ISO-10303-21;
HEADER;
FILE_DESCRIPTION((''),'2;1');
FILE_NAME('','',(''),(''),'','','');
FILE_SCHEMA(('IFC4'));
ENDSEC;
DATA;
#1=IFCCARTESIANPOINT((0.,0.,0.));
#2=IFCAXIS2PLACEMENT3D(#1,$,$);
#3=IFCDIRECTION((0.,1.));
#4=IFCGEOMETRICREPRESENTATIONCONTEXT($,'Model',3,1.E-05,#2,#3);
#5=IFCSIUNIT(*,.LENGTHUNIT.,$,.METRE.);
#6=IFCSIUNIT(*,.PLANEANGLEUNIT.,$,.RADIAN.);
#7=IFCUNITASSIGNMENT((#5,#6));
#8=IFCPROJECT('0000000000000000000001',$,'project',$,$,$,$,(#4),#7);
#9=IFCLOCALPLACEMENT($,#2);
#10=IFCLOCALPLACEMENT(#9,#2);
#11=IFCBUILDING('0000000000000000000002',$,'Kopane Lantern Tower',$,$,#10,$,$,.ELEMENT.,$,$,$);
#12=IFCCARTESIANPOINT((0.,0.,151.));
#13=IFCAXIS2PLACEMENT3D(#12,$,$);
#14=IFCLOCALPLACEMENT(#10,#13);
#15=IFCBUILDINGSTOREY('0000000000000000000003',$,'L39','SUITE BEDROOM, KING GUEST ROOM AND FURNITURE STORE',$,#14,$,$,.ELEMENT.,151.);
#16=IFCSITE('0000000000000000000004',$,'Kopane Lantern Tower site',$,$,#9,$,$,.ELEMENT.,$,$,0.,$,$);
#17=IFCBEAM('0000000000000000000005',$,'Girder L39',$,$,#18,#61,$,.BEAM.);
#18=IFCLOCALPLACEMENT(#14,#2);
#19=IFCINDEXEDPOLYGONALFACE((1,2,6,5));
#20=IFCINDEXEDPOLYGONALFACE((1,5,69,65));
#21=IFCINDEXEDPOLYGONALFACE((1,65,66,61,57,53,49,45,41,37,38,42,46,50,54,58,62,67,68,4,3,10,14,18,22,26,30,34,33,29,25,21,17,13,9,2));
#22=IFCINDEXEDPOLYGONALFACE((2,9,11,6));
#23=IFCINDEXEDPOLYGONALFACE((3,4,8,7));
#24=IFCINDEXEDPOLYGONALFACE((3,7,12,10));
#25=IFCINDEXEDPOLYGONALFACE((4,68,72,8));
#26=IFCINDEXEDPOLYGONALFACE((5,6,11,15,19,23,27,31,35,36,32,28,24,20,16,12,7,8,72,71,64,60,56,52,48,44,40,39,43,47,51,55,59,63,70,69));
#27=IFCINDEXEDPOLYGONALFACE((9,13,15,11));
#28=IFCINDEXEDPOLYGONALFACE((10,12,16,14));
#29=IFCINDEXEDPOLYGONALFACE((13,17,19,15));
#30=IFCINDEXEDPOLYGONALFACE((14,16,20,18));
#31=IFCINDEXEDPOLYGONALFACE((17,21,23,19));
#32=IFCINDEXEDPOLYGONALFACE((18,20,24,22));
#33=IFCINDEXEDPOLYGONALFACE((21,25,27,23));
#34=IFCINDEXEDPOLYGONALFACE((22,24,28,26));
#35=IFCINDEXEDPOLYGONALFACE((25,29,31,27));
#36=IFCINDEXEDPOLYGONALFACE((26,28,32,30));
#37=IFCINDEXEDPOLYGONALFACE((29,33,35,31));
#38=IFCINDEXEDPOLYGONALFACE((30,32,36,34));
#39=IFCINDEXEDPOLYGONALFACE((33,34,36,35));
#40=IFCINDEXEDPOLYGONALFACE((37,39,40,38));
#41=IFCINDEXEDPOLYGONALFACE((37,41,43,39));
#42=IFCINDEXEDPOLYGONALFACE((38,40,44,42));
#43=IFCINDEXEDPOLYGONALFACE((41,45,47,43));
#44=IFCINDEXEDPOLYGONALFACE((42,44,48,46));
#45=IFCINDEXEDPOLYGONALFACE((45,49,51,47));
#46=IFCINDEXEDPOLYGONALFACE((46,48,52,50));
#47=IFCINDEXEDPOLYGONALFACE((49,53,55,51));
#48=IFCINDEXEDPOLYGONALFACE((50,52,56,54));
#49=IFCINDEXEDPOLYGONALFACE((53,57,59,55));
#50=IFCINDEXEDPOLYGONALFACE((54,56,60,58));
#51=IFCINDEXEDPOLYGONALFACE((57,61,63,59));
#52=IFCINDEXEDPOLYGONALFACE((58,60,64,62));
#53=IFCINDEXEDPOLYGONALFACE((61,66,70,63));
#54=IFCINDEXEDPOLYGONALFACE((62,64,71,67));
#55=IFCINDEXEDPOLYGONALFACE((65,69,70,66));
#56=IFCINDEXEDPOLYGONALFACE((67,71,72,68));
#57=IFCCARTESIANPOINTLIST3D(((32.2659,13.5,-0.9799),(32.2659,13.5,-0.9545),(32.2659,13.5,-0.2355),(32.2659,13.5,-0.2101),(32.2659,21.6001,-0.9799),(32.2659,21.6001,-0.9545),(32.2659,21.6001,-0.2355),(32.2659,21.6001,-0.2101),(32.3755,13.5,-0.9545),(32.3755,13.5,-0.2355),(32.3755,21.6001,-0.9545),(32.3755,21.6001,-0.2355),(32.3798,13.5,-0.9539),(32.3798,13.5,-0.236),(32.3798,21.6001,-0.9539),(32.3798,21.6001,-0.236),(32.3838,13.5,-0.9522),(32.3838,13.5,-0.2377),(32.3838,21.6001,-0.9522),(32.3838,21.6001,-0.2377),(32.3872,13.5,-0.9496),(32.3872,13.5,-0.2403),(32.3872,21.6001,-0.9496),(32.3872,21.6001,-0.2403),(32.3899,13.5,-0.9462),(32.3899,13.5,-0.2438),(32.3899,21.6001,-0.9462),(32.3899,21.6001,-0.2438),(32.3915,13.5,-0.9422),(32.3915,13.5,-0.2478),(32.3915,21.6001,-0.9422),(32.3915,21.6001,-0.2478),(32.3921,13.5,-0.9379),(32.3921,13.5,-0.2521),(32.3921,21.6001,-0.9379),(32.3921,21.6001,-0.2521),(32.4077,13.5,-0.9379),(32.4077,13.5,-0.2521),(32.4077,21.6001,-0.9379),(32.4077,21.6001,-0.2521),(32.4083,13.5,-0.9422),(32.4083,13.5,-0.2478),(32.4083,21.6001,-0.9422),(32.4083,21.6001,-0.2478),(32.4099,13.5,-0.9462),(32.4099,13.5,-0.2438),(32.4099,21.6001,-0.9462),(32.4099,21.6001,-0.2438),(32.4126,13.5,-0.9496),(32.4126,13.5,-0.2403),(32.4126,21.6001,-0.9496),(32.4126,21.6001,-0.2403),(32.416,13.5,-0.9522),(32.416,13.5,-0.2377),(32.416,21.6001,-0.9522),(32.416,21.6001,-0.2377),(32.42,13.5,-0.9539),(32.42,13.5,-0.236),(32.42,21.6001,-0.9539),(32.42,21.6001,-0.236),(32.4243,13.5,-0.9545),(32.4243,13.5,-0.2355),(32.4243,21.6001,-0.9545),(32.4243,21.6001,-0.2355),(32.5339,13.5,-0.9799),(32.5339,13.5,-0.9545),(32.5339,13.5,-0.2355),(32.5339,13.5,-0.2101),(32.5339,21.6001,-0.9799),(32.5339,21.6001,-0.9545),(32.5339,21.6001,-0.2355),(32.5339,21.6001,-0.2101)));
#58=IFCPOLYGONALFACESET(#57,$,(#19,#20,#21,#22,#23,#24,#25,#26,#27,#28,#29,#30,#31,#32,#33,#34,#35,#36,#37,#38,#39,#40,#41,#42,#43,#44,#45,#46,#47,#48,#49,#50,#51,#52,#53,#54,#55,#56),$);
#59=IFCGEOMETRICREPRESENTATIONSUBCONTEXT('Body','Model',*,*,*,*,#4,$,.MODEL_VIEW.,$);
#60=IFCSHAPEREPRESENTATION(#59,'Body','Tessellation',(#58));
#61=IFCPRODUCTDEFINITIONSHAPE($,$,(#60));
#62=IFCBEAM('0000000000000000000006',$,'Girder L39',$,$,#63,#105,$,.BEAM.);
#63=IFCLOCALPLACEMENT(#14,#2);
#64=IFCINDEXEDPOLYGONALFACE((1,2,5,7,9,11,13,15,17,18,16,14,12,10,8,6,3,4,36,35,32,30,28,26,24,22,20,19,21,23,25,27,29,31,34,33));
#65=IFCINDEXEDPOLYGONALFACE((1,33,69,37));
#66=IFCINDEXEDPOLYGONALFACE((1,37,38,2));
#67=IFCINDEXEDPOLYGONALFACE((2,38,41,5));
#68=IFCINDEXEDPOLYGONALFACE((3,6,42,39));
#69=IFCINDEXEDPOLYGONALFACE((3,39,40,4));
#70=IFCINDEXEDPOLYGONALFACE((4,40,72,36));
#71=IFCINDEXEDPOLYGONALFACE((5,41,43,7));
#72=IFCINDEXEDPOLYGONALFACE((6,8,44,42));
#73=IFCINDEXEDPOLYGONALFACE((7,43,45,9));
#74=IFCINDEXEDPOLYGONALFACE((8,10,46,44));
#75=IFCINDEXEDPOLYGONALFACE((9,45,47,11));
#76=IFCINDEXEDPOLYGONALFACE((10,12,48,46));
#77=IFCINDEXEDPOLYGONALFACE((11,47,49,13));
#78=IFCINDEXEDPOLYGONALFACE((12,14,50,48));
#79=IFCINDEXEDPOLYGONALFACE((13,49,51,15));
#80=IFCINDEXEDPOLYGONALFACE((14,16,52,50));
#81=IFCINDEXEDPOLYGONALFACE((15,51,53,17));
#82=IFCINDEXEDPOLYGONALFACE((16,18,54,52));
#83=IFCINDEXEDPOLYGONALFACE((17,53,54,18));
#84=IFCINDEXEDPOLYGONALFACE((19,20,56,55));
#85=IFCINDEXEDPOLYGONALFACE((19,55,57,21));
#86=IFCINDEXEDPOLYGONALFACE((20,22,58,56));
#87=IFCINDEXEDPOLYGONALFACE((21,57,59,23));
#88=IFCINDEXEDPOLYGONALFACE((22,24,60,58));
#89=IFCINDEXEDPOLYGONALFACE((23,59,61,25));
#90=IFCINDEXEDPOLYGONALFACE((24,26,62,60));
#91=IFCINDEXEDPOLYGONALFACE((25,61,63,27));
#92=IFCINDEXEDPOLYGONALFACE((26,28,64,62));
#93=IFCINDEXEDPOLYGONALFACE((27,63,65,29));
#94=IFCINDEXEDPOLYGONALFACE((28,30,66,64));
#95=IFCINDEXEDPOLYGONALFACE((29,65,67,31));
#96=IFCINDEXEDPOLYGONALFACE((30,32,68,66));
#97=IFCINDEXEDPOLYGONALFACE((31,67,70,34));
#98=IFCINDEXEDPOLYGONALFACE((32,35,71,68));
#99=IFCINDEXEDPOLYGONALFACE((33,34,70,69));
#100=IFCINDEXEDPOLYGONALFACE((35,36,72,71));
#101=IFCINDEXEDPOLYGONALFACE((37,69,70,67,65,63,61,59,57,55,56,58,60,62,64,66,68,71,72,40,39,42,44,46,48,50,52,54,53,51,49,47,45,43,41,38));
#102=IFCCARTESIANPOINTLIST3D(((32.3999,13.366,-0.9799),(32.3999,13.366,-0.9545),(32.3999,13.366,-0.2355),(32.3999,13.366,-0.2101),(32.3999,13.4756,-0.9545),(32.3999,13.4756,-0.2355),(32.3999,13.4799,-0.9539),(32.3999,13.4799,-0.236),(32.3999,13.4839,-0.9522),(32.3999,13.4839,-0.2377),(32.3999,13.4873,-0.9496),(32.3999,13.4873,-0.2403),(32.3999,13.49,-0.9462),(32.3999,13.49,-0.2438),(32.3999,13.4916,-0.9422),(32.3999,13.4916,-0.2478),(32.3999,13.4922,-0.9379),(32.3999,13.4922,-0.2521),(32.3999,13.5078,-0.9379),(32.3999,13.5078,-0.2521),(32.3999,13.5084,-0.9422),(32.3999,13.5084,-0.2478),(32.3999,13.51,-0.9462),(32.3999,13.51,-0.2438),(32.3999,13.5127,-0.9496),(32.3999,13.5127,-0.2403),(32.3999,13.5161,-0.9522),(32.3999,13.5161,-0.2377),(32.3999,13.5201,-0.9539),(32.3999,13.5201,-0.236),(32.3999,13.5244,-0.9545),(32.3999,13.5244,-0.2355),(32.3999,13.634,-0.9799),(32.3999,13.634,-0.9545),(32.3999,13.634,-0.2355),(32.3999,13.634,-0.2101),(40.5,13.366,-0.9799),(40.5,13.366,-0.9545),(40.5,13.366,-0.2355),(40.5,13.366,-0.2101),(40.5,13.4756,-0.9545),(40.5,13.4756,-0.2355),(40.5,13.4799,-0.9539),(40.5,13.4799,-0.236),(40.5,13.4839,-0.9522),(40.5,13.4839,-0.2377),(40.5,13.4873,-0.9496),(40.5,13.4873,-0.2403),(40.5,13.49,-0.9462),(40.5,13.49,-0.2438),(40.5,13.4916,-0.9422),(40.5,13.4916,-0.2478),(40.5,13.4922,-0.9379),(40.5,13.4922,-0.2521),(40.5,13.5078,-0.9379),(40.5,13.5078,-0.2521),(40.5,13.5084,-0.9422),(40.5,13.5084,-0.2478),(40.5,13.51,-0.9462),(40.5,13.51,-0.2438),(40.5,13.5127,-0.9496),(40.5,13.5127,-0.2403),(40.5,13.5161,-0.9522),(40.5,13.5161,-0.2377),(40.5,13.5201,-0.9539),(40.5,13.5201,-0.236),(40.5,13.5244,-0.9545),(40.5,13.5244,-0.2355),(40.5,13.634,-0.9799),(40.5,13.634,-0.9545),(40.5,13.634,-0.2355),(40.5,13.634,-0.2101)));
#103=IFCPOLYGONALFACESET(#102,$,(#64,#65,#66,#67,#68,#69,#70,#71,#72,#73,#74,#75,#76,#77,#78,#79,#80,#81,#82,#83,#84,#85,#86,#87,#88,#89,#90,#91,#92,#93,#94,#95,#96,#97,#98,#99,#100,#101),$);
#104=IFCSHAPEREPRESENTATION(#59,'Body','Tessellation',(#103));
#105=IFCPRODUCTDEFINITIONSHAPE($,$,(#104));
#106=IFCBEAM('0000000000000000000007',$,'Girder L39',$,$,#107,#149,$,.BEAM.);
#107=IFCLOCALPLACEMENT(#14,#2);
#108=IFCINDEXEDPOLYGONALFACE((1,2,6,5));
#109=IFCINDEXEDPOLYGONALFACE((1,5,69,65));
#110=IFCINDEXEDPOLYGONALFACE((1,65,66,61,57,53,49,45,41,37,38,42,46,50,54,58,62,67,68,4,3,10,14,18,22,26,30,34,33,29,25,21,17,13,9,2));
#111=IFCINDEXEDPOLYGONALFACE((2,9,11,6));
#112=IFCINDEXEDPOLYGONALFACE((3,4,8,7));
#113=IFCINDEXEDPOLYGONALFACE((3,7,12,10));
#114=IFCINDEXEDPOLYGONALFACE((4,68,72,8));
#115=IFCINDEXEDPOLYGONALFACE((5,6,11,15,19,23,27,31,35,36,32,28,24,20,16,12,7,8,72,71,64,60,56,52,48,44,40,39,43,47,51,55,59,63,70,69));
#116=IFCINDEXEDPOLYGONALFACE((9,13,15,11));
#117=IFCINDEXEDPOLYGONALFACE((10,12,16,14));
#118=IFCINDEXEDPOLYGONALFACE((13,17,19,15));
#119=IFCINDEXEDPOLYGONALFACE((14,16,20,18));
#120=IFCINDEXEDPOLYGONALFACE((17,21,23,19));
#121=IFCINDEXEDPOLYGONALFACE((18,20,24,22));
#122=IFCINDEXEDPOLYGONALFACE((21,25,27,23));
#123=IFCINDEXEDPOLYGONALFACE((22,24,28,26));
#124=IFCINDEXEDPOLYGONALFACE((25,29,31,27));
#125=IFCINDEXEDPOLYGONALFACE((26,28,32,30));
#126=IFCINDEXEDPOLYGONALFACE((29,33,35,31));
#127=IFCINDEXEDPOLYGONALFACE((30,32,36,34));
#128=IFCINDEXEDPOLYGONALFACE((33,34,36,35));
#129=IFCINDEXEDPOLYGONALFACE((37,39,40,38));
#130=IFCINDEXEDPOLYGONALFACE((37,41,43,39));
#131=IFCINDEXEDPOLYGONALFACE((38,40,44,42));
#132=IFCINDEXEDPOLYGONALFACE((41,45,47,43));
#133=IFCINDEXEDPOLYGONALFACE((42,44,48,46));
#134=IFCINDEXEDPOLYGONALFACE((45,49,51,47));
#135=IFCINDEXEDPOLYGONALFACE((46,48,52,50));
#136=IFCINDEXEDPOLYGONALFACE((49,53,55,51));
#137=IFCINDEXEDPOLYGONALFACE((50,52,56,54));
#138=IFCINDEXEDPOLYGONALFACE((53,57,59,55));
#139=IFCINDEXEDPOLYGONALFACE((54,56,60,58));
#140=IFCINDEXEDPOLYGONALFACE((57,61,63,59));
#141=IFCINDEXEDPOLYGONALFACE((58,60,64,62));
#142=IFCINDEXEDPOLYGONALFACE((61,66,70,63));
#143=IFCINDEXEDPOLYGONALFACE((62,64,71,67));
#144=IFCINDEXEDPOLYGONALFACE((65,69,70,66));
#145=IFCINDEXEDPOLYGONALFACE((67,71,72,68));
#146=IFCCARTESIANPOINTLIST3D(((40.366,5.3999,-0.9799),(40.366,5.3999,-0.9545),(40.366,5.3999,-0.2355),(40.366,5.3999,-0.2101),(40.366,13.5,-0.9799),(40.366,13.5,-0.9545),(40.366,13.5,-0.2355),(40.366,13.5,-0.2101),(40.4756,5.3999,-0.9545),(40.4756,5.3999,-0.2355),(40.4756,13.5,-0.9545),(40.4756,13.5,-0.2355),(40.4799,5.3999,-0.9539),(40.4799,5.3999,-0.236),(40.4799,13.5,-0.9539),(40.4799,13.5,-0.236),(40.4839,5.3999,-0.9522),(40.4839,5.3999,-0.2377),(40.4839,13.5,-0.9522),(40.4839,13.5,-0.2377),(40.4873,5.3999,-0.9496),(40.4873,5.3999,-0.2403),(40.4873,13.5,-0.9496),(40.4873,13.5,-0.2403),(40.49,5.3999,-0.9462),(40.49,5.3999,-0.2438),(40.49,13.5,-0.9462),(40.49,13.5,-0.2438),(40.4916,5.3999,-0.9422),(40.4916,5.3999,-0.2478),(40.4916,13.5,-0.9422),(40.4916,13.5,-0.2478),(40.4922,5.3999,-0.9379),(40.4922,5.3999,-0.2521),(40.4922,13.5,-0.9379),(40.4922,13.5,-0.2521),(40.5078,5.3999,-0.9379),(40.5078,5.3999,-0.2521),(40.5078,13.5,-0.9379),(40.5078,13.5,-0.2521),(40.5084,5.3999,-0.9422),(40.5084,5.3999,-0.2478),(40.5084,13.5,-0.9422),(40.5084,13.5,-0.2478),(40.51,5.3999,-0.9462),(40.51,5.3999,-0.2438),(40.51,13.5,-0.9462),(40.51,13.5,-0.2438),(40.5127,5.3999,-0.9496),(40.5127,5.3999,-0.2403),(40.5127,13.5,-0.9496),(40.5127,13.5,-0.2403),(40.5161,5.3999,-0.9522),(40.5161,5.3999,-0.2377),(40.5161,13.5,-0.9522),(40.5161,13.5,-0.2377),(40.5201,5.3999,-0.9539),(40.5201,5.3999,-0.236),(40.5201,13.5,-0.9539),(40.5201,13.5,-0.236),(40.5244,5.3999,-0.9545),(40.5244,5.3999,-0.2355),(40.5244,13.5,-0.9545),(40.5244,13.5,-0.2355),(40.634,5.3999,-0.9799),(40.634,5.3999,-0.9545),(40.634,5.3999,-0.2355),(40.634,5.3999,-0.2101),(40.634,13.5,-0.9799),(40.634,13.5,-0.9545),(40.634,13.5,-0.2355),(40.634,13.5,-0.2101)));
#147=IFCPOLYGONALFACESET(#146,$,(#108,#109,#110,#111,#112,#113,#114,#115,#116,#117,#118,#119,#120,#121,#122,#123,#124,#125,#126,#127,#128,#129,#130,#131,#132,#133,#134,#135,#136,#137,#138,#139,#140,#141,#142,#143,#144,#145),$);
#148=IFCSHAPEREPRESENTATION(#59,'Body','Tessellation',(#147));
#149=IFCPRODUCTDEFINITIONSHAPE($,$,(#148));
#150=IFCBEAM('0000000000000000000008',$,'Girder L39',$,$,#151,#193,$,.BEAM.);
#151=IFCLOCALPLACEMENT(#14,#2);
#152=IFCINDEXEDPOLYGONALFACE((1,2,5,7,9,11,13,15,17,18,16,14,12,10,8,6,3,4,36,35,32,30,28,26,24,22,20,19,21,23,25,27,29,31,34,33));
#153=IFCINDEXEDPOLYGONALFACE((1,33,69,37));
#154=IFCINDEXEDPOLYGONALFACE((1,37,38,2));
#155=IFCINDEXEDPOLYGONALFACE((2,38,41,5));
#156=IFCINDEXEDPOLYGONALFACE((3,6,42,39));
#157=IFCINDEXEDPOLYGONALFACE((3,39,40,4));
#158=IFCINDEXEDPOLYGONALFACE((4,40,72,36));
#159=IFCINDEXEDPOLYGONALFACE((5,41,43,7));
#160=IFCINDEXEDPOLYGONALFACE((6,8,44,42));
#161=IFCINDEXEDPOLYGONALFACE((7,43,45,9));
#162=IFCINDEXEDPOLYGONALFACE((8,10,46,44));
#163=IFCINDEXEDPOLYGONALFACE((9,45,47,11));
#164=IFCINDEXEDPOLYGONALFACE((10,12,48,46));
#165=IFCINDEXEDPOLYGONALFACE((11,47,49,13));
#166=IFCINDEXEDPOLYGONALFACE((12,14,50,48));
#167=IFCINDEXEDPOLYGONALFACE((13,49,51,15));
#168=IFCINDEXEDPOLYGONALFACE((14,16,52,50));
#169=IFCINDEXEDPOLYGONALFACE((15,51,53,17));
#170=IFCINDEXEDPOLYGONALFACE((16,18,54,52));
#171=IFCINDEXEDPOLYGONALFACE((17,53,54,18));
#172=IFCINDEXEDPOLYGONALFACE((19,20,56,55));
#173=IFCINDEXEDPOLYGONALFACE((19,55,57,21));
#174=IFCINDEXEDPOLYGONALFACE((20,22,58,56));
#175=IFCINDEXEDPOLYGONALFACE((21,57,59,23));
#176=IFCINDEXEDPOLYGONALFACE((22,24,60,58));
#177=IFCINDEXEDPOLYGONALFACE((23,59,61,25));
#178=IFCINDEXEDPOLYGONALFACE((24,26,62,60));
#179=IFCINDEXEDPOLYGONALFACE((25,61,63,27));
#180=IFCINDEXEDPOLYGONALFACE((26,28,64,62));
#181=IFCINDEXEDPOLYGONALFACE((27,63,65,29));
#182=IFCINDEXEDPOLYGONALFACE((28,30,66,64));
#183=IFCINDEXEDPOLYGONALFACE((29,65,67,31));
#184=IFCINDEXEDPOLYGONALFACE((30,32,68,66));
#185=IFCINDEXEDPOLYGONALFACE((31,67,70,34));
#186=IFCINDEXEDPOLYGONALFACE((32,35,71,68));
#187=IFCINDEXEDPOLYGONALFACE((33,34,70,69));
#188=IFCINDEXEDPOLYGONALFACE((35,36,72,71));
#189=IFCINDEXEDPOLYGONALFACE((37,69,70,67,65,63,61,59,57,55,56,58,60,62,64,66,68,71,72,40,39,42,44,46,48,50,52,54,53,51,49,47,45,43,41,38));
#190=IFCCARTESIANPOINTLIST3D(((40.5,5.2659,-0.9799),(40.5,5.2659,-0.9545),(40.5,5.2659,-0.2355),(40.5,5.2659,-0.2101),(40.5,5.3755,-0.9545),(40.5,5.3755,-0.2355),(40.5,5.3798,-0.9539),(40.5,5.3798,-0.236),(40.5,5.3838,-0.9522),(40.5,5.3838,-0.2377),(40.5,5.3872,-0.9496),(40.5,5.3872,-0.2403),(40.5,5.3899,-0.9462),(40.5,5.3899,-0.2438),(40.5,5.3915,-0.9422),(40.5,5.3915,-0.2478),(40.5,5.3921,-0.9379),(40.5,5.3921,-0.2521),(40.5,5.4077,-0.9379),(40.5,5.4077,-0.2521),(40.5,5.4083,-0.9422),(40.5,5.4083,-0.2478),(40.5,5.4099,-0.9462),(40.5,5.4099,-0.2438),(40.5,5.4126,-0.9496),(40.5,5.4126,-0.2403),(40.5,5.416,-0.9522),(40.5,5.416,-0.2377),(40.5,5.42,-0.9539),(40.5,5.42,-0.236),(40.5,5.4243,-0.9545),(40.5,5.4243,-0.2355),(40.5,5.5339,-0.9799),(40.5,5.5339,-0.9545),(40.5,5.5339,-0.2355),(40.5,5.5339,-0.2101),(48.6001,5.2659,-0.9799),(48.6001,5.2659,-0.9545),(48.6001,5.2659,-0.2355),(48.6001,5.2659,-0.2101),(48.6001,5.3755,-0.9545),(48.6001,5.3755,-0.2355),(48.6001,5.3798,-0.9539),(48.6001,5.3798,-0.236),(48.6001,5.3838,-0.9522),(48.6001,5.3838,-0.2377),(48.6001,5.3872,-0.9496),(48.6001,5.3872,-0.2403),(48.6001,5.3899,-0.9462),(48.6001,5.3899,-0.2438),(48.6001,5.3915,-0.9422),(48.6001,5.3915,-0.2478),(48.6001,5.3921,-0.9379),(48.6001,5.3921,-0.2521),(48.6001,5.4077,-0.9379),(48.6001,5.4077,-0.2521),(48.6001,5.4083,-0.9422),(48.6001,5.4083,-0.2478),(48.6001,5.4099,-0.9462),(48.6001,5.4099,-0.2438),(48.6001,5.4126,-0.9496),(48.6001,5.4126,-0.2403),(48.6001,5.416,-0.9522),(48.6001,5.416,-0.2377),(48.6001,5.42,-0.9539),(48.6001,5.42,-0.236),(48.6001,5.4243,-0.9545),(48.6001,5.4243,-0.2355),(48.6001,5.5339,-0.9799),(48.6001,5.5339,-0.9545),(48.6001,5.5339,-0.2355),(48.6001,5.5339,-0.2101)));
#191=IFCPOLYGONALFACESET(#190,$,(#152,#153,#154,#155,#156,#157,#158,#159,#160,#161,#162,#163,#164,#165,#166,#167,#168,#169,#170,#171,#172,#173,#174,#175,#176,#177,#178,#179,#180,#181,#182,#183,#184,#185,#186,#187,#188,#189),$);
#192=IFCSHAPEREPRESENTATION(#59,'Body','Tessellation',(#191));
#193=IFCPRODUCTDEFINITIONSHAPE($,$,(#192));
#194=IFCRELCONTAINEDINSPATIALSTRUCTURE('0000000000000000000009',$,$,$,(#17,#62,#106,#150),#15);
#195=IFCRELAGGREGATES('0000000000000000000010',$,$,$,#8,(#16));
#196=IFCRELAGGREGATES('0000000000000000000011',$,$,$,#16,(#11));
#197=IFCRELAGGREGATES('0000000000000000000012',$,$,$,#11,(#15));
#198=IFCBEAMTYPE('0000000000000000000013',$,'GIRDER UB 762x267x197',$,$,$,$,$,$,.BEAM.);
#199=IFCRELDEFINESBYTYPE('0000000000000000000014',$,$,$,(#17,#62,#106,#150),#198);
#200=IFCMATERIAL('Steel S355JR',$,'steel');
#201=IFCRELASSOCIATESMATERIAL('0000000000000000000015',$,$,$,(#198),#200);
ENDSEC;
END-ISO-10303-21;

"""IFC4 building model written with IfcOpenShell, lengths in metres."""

from ifc_helpers import new_model, si_unit, direction, frame, origin, origin_2d, place, context, subcontext, project, spatial, i_section, extrude, material, material_profile, profile_set, type_object, element, save


model = new_model("IFC4")

# Units and contexts
model_context = context("Model", 3, precision=1e-05, world=origin(), true_north=direction((0.0, 1.0)))
body_context = subcontext(model_context, "Body", "Model", "MODEL_VIEW")
ifc_project = project(units=[si_unit("LENGTHUNIT", "METRE"), si_unit("PLANEANGLEUNIT", "RADIAN")], contexts=[model_context])

# Site, building, storey
site_placement = place(None, origin())
site = spatial("IfcSite", under=ifc_project, at=site_placement, Name="Kopane Lantern Tower site", CompositionType="ELEMENT", RefElevation=0.0)
building_placement = place(site_placement, origin())
building = spatial("IfcBuilding", under=site, at=building_placement, Name="Kopane Lantern Tower", CompositionType="ELEMENT")
storey_placement = place(building_placement, frame((0.0, 0.0, 151.0)))
storey = spatial("IfcBuildingStorey", under=building, at=storey_placement, Name="L39", Description="SUITE BEDROOM, KING GUEST ROOM AND FURNITURE STORE", CompositionType="ELEMENT", Elevation=151.0)

# Beams
ifc_material_1 = material(Name="Steel S355JR", Category="steel")
ifc_material_profile_1 = material_profile(ifc_material_1, i_section(OverallWidth=0.2681, OverallDepth=0.7698, WebThickness=0.0156, FlangeThickness=0.0254, FilletRadius=0.0166, at=origin_2d()), Name="UB 762x267x197")
ifc_profile_set_1 = profile_set([ifc_material_profile_1], Name="Steel S355JR")
beam_type = type_object("IfcBeamType", Name="GIRDER UB 762x267x197", PredefinedType="BEAM", material=ifc_profile_set_1)
for number, where, z_axis, x_axis, name in (
    (1, (32.3999, 13.5, -0.595), (0.0, 1.0, 0.0), (-1.0, 0.0, 0.0), "Girder L39"),
    (2, (32.3999, 13.5, -0.595), (1.0, 0.0, 0.0), (0.0, 1.0, 0.0), "Girder L39"),
    (3, (40.5, 5.3999, -0.595), (0.0, 1.0, 0.0), (-1.0, 0.0, 0.0), "Girder L39"),
    (4, (40.5, 5.3999, -0.595), (1.0, 0.0, 0.0), (0.0, 1.0, 0.0), "Girder L39"),
):
    element("IfcBeam", number, at=place(storey_placement, frame(where, z_axis=z_axis, x_axis=x_axis)), inside=storey, type_object=beam_type, Name=name, PredefinedType="BEAM", context=body_context, shape_type="SweptSolid", body=[
        extrude(i_section(OverallWidth=0.2681, OverallDepth=0.7698, WebThickness=0.0156, FlangeThickness=0.0254, FilletRadius=0.0166, at=origin_2d()), origin(), (0.0, 0.0, 1.0), 8.1001),
    ])

save(model, "model.ifc")
